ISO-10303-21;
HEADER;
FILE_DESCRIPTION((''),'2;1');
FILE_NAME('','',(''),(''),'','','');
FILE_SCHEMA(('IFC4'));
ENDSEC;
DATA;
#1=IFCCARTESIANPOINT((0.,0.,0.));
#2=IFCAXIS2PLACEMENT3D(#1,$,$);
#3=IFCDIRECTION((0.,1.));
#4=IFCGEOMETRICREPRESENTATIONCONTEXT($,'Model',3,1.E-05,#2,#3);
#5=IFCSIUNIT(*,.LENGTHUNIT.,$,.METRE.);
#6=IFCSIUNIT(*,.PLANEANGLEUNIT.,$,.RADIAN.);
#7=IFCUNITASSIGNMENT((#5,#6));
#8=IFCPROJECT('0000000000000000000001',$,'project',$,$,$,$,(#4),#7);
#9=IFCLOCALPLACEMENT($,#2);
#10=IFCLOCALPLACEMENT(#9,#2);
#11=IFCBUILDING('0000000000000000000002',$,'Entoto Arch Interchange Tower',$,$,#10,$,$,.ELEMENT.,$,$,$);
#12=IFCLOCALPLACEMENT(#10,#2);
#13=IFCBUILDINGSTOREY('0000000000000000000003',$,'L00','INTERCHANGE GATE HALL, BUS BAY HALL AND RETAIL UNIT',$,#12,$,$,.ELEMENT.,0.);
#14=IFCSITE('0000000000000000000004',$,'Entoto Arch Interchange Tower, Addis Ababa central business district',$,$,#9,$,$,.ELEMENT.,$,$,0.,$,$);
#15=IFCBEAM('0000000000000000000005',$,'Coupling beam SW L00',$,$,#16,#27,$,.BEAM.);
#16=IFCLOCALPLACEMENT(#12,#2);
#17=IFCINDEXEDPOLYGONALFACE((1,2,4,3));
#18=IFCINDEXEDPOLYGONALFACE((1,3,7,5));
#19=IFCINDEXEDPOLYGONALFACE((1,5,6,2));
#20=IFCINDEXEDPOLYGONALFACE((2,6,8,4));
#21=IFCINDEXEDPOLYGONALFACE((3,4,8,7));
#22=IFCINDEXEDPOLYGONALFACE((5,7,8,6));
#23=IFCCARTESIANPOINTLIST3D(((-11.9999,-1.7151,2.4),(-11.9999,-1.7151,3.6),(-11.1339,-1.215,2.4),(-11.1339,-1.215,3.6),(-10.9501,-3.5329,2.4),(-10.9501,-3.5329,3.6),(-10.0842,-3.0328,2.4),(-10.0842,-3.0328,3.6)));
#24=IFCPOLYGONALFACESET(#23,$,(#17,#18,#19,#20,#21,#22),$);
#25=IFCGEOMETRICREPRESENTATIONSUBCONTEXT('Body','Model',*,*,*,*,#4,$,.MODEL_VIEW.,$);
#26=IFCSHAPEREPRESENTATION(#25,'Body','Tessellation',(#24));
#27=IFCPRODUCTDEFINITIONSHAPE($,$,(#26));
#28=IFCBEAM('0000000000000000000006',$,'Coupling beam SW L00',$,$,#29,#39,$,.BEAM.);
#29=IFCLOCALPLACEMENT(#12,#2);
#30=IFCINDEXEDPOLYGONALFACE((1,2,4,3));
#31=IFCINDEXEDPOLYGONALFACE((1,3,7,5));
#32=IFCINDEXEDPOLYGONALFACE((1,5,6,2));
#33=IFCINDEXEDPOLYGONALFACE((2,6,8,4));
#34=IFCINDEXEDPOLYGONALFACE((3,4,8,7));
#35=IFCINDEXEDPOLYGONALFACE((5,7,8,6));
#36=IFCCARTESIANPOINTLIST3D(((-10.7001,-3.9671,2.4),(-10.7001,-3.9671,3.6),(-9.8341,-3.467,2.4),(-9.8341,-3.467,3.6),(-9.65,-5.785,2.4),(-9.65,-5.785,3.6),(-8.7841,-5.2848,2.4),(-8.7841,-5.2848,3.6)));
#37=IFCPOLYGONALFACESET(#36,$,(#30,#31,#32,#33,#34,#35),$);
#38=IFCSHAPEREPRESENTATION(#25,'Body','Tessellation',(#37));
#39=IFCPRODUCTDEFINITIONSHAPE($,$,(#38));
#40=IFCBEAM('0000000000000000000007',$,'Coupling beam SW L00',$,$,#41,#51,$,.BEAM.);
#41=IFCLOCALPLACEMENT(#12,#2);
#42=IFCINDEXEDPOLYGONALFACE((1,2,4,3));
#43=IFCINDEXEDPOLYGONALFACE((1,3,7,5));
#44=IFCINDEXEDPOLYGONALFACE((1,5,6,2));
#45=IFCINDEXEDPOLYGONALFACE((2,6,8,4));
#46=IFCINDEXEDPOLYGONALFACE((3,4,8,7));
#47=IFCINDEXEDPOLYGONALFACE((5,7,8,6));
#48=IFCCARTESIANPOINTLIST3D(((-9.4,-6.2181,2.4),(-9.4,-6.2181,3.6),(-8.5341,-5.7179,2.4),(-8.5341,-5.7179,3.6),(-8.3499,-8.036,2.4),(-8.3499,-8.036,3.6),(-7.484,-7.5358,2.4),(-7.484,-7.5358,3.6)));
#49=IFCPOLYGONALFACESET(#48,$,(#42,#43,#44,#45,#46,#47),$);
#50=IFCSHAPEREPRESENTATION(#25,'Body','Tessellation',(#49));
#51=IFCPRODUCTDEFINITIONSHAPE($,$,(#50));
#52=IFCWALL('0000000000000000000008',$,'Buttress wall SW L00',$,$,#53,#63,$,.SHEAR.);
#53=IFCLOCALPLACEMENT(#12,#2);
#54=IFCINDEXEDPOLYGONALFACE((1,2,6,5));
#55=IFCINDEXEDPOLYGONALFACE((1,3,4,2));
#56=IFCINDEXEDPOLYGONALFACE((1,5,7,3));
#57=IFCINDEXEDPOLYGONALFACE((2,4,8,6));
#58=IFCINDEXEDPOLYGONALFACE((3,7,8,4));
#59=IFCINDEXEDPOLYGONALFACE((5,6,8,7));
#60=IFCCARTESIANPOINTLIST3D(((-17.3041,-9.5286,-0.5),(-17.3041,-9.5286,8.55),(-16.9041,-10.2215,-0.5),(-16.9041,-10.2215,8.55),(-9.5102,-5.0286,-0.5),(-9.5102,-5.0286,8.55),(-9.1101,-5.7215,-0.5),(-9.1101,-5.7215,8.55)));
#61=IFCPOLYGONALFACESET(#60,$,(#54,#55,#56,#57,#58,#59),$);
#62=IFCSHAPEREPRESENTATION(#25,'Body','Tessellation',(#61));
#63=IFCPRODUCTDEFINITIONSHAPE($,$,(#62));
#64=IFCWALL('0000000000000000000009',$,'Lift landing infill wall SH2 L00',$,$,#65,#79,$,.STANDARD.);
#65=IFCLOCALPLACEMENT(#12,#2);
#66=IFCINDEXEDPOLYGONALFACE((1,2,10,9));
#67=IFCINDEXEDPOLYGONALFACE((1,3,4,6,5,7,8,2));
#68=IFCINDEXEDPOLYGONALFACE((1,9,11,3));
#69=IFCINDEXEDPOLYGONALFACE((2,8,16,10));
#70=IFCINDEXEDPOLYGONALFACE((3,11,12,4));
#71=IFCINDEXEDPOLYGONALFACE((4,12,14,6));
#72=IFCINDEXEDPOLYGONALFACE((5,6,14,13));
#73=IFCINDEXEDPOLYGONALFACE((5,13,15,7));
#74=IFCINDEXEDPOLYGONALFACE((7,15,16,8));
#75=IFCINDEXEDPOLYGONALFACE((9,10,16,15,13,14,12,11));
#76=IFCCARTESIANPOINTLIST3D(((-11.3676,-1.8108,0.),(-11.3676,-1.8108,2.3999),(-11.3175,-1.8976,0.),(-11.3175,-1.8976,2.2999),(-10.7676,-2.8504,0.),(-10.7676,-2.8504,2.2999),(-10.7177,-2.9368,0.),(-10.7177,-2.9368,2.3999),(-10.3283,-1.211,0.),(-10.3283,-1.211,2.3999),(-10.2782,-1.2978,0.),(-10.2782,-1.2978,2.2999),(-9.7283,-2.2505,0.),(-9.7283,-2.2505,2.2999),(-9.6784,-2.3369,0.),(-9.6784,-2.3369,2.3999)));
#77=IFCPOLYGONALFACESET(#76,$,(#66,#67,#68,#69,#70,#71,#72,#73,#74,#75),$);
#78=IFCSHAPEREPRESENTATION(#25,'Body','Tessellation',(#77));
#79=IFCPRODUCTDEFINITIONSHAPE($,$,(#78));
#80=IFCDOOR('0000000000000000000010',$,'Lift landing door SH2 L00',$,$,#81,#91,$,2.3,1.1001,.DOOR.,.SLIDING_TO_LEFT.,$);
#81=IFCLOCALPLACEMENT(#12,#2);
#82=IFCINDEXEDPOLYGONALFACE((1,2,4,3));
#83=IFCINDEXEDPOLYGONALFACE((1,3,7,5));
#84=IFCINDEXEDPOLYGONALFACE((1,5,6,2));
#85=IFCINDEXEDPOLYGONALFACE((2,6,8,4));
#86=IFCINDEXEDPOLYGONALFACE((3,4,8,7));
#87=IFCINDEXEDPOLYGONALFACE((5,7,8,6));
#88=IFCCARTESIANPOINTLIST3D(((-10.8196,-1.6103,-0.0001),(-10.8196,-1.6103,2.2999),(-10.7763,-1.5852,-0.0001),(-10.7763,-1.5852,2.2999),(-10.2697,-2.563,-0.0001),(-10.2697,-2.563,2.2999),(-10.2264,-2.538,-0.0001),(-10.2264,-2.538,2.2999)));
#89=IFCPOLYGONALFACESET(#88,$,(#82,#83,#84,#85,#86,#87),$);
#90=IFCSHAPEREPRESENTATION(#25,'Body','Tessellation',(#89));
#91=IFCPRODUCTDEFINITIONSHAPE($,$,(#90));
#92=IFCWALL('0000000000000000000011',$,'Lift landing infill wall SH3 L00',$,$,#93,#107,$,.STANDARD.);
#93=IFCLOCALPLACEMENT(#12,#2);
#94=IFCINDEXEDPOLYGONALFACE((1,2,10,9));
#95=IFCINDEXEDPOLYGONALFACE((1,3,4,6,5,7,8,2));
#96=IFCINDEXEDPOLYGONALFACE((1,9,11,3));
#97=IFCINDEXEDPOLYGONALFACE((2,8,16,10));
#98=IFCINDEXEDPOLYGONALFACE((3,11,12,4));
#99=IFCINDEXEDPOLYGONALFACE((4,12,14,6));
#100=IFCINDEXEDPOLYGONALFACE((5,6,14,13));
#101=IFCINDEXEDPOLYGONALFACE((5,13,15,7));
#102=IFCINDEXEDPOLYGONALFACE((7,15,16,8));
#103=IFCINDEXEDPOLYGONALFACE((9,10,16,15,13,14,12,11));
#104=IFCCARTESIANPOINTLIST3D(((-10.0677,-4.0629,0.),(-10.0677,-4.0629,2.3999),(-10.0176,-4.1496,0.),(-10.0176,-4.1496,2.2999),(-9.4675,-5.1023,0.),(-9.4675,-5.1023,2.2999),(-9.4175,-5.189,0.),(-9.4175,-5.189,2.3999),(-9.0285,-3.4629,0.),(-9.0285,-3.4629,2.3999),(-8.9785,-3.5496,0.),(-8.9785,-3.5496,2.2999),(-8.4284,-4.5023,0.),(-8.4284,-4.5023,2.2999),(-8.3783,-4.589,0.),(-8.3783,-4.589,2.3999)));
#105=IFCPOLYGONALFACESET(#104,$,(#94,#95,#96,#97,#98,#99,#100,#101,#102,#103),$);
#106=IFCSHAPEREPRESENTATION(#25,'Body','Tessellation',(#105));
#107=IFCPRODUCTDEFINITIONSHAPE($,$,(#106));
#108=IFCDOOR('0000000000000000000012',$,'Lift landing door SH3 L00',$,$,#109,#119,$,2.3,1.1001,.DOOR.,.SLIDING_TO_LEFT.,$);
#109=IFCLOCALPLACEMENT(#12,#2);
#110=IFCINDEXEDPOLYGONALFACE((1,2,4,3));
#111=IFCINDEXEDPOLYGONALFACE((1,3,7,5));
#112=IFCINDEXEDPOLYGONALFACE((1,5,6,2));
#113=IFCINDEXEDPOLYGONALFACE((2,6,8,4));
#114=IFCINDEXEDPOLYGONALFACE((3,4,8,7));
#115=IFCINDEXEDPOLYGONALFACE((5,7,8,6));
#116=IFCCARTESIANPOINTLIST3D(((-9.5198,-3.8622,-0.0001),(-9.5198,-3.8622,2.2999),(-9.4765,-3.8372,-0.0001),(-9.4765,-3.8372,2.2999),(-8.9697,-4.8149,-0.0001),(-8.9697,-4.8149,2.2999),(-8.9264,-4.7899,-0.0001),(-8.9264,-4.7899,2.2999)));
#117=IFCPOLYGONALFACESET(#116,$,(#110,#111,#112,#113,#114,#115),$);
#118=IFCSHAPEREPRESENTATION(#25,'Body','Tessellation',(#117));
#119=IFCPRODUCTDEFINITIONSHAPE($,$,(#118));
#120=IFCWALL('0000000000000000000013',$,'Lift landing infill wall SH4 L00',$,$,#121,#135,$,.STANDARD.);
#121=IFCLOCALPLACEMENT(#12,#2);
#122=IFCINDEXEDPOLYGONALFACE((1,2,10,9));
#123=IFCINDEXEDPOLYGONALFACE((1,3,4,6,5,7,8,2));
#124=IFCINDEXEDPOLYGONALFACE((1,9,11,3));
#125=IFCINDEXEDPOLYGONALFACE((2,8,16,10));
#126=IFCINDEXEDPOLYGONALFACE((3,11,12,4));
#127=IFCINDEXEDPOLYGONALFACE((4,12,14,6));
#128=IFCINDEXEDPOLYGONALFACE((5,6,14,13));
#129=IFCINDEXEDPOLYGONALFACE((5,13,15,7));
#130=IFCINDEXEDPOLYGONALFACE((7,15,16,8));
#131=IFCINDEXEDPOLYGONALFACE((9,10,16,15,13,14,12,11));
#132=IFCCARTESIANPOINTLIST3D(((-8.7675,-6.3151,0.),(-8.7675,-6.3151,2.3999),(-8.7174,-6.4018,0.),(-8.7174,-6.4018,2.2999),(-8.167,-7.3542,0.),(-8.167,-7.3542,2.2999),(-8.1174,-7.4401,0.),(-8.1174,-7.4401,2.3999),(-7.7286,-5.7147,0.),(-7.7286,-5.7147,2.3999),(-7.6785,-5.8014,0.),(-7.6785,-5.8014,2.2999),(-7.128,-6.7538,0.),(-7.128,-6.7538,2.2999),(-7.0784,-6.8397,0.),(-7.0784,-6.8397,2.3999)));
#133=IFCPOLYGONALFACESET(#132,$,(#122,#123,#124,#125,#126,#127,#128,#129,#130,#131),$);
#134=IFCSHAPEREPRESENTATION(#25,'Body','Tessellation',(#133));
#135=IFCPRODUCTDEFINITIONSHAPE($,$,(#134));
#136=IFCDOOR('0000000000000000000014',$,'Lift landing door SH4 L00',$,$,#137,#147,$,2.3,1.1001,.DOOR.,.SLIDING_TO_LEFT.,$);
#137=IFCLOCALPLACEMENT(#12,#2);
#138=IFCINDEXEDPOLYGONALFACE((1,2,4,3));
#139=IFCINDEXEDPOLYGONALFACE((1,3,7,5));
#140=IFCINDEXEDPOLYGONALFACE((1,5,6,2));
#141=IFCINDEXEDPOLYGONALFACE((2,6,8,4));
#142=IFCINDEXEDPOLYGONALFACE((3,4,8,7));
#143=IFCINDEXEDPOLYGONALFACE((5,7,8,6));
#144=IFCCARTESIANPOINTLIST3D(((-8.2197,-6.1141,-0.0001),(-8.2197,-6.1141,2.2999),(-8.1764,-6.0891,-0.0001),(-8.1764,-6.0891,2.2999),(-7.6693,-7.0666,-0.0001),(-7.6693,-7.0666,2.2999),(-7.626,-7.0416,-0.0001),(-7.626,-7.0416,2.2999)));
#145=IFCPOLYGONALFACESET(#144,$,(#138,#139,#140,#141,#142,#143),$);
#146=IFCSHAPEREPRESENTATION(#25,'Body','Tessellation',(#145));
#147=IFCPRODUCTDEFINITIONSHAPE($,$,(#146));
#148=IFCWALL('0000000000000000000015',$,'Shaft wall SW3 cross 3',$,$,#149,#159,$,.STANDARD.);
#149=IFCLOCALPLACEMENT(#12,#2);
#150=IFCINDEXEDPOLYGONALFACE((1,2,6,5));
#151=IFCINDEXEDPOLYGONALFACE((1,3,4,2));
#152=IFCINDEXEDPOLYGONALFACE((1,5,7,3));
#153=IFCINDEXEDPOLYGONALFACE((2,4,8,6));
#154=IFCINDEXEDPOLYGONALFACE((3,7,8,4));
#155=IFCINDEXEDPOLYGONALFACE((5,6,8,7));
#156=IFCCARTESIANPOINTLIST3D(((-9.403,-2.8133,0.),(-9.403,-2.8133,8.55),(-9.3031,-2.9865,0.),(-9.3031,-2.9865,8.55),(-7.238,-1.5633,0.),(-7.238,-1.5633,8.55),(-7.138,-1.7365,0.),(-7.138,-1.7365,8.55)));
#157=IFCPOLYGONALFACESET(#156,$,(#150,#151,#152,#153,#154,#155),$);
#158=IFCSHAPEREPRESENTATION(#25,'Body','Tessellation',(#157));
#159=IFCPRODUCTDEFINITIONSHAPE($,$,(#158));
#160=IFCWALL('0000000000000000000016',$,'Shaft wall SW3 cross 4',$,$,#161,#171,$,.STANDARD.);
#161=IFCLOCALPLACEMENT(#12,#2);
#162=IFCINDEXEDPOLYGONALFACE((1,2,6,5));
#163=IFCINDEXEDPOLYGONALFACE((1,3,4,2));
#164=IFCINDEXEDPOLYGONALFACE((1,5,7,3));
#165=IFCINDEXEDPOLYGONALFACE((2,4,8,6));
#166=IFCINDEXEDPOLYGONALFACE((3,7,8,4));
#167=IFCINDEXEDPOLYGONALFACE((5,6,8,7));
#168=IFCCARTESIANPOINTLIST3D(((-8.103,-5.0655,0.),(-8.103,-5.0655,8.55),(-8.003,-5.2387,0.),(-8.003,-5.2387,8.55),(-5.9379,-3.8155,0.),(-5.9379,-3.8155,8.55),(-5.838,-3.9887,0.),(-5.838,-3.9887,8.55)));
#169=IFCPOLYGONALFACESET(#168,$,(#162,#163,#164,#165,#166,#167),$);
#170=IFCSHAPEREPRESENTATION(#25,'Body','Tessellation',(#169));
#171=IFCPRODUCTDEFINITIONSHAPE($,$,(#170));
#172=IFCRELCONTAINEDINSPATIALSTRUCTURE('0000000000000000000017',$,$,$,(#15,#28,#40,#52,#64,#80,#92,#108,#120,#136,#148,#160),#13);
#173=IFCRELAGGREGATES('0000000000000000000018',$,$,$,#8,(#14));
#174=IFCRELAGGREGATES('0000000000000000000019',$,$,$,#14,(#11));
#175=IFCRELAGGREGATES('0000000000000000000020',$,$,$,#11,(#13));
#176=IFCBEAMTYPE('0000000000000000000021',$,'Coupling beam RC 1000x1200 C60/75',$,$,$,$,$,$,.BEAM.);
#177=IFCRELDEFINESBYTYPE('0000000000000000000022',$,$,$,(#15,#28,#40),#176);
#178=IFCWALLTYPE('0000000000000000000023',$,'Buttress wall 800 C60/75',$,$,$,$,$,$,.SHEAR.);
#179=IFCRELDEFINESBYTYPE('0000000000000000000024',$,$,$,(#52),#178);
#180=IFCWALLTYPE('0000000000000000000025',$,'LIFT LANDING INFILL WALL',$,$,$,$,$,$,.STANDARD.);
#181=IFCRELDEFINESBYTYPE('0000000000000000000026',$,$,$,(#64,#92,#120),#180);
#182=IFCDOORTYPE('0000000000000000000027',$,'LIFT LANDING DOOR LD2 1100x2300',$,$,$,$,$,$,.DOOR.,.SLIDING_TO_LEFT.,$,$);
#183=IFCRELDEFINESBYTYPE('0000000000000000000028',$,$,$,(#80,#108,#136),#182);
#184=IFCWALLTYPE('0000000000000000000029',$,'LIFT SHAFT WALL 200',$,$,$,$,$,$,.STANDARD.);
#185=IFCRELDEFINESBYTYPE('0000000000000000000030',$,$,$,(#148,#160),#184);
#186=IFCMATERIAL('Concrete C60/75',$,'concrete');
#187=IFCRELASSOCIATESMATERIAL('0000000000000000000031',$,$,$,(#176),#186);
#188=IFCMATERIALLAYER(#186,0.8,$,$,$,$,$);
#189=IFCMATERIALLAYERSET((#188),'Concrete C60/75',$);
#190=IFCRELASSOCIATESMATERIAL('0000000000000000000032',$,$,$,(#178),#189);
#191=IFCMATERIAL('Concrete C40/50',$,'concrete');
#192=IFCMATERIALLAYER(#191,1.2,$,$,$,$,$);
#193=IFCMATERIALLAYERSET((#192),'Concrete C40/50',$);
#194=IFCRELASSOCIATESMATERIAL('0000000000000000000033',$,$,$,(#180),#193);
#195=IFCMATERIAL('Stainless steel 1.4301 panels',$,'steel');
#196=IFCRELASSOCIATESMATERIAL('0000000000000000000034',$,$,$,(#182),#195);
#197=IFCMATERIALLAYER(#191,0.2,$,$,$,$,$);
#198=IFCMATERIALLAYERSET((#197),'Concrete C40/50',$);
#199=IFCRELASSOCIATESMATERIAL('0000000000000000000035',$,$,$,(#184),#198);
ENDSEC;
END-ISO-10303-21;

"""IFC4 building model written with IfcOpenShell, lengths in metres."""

from ifc_helpers import new_model, si_unit, direction, frame, frame_2d, origin, origin_2d, place, context, subcontext, project, spatial, rectangle, extrude, material, layer, layer_set, material_profile, profile_set, type_object, element, fill, save


model = new_model("IFC4")

# Units and contexts
model_context = context("Model", 3, precision=1e-05, world=origin(), true_north=direction((0.0, 1.0)))
body_context = subcontext(model_context, "Body", "Model", "MODEL_VIEW")
ifc_project = project(units=[si_unit("LENGTHUNIT", "METRE"), si_unit("PLANEANGLEUNIT", "RADIAN")], contexts=[model_context])

# Site, building, storey
site_placement = place(None, origin())
site = spatial("IfcSite", under=ifc_project, at=site_placement, Name="Entoto Arch Interchange Tower, Addis Ababa central business district", CompositionType="ELEMENT", RefElevation=0.0)
building_placement = place(site_placement, origin())
building = spatial("IfcBuilding", under=site, at=building_placement, Name="Entoto Arch Interchange Tower", CompositionType="ELEMENT")
storey_placement = place(building_placement, origin())
storey = spatial("IfcBuildingStorey", under=building, at=storey_placement, Name="L00", Description="INTERCHANGE GATE HALL, BUS BAY HALL AND RETAIL UNIT", CompositionType="ELEMENT", Elevation=0.0)

# Beams
ifc_material_1 = material(Name="Concrete C60/75", Category="concrete")
ifc_material_profile = material_profile(ifc_material_1, rectangle(XDim=1.0, YDim=1.2, at=origin_2d()))
ifc_profile_set = profile_set([ifc_material_profile], Name="Concrete C60/75")
beam_type = type_object("IfcBeamType", Name="Coupling beam RC 1000x1200 C60/75", PredefinedType="BEAM", material=ifc_profile_set)
beam_placement = place(storey_placement, frame((-11.5669, -1.4651, 3.0), z_axis=(0.500092, -0.865973, 0.0), x_axis=(0.865973, 0.500092, 0.0)))
element("IfcBeam", 1, at=beam_placement, inside=storey, type_object=beam_type, Name="Coupling beam SW L00", PredefinedType="BEAM", context=body_context, shape_type="SweptSolid", body=[
    extrude(rectangle(XDim=1.0, YDim=1.2, at=origin_2d()), origin(), (0.0, 0.0, 1.0), 2.0991),
])
for number, where, z_axis, x_axis, name in (
    (2, (-10.2671, -3.717, 3.0), (0.500179, -0.865922, 0.0), (0.865922, 0.500179, 0.0), "Coupling beam SW L00"),
    (3, (-8.967, -5.968, 3.0), (0.500179, -0.865922, 0.0), (0.865922, 0.500179, 0.0), "Coupling beam SW L00"),
):
    element("IfcBeam", number, at=place(storey_placement, frame(where, z_axis=z_axis, x_axis=x_axis)), inside=storey, type_object=beam_type, Name=name, PredefinedType="BEAM", context=body_context, shape_type="SweptSolid", body=[
        extrude(rectangle(XDim=1.0, YDim=1.2, at=origin_2d()), origin(), (0.0, 0.0, 1.0), 2.0994),
    ])

# Wall
ifc_layer_1 = layer(ifc_material_1, 0.8)
ifc_layer_set_1 = layer_set([ifc_layer_1], Name="Concrete C60/75")
wall_type_1 = type_object("IfcWallType", Name="Buttress wall 800 C60/75", PredefinedType="SHEAR", material=ifc_layer_set_1)
wall_1_placement = place(storey_placement, frame((-9.3101, -5.375, -0.5), z_axis=(0.0, 0.0, 1.0), x_axis=(-0.866018, -0.500014, 0.0)))
element("IfcWall", 4, at=wall_1_placement, inside=storey, type_object=wall_type_1, Name="Buttress wall SW L00", PredefinedType="SHEAR", context=body_context, shape_type="SweptSolid", body=[
    extrude(rectangle(XDim=8.9998, YDim=0.8, at=frame_2d((4.5, 0.0))), origin(), (0.0, 0.0, 1.0), 9.05),
])

# Walls, openings, doors
ifc_material_2 = material(Name="Concrete C40/50", Category="concrete")
ifc_layer_2 = layer(ifc_material_2, 1.2)
ifc_layer_set_2 = layer_set([ifc_layer_2], Name="Concrete C40/50")
wall_type_2 = type_object("IfcWallType", Name="LIFT LANDING INFILL WALL", PredefinedType="STANDARD", material=ifc_layer_set_2)
wall_2_placement = place(storey_placement, frame((-10.8479, -1.511, 0.0), z_axis=(0.0, 0.0, 1.0), x_axis=(0.499896, -0.866086, 0.0)))
wall_2 = element("IfcWall", 5, at=wall_2_placement, inside=storey, type_object=wall_type_2, Name="Lift landing infill wall SH2 L00", PredefinedType="STANDARD", context=body_context, shape_type="SweptSolid", body=[
    extrude(rectangle(XDim=1.3, YDim=1.2, at=frame_2d((0.6499, 0.0))), origin(), (0.0, 0.0, 1.0), 2.3999),
])
opening_1_placement = place(wall_2_placement, frame((0.1001, 0.0, 0.0)))
opening_1 = element("IfcOpeningElement", 6, at=opening_1_placement, cuts=wall_2, PredefinedType="OPENING", context=body_context, shape_type="SweptSolid", body=[
    extrude(rectangle(XDim=1.1001, YDim=2.3, at=frame_2d((0.55, 1.1499))), frame((0.0, 0.6099, 0.0), z_axis=(0.0, -1.0, 0.0), x_axis=(1.0, 0.0, 0.0)), (0.0, 0.0, 1.0), 1.22),
])
ifc_material_3 = material(Name="Stainless steel 1.4301 panels", Category="steel")
door_type = type_object("IfcDoorType", Name="LIFT LANDING DOOR LD2 1100x2300", OperationType="SLIDING_TO_LEFT", PredefinedType="DOOR", material=ifc_material_3)
door_1_placement = place(opening_1_placement, origin())
door_1 = element("IfcDoor", 7, at=door_1_placement, inside=storey, type_object=door_type, Name="Lift landing door SH2 L00", OperationType="SLIDING_TO_LEFT", OverallHeight=2.3, OverallWidth=1.1001, PredefinedType="DOOR", context=body_context, shape_type="SweptSolid", body=[
    extrude(rectangle(XDim=1.1001, YDim=2.3, at=frame_2d((0.55, 1.1499))), frame((0.0, 0.0249, 0.0), z_axis=(0.0, -1.0, 0.0), x_axis=(1.0, 0.0, 0.0)), (0.0, 0.0, 1.0), 0.05),
])
fill(opening_1, door_1)
wall_3_placement = place(storey_placement, frame((-9.5481, -3.7629, 0.0), z_axis=(0.0, 0.0, 1.0), x_axis=(0.500037, -0.866004, 0.0)))
wall_3 = element("IfcWall", 8, at=wall_3_placement, inside=storey, type_object=wall_type_2, Name="Lift landing infill wall SH3 L00", PredefinedType="STANDARD", context=body_context, shape_type="SweptSolid", body=[
    extrude(rectangle(XDim=1.3003, YDim=1.2, at=frame_2d((0.6501, 0.0))), origin(), (0.0, 0.0, 1.0), 2.3999),
])
opening_2_placement = place(wall_3_placement, frame((0.1001, 0.0, 0.0)))
opening_2 = element("IfcOpeningElement", 9, at=opening_2_placement, cuts=wall_3, PredefinedType="OPENING", context=body_context, shape_type="SweptSolid", body=[
    extrude(rectangle(XDim=1.1001, YDim=2.3, at=frame_2d((0.55, 1.1499))), frame((0.0, 0.6099, 0.0), z_axis=(0.0, -1.0, 0.0), x_axis=(1.0, 0.0, 0.0)), (0.0, 0.0, 1.0), 1.22),
])
door_2_placement = place(opening_2_placement, origin())
door_2 = element("IfcDoor", 10, at=door_2_placement, inside=storey, type_object=door_type, Name="Lift landing door SH3 L00", OperationType="SLIDING_TO_LEFT", OverallHeight=2.3, OverallWidth=1.1001, PredefinedType="DOOR", context=body_context, shape_type="SweptSolid", body=[
    extrude(rectangle(XDim=1.1001, YDim=2.3, at=frame_2d((0.55, 1.1499))), frame((0.0, 0.0249, 0.0), z_axis=(0.0, -1.0, 0.0), x_axis=(1.0, 0.0, 0.0)), (0.0, 0.0, 1.0), 0.05),
])
fill(opening_2, door_2)
wall_4_placement = place(storey_placement, frame((-8.248, -6.0149, 0.0), z_axis=(0.0, 0.0, 1.0), x_axis=(0.500362, -0.865816, 0.0)))
wall_4 = element("IfcWall", 11, at=wall_4_placement, inside=storey, type_object=wall_type_2, Name="Lift landing infill wall SH4 L00", PredefinedType="STANDARD", context=body_context, shape_type="SweptSolid", body=[
    extrude(rectangle(XDim=1.2993, YDim=1.2, at=frame_2d((0.6497, 0.0))), origin(), (0.0, 0.0, 1.0), 2.3999),
])
opening_3_placement = place(wall_4_placement, frame((0.1001, 0.0, 0.0)))
opening_3 = element("IfcOpeningElement", 12, at=opening_3_placement, cuts=wall_4, PredefinedType="OPENING", context=body_context, shape_type="SweptSolid", body=[
    extrude(rectangle(XDim=1.1001, YDim=2.3, at=frame_2d((0.55, 1.1499))), frame((0.0, 0.6099, 0.0), z_axis=(0.0, -1.0, 0.0), x_axis=(1.0, 0.0, 0.0)), (0.0, 0.0, 1.0), 1.22),
])
door_3_placement = place(opening_3_placement, origin())
door_3 = element("IfcDoor", 13, at=door_3_placement, inside=storey, type_object=door_type, Name="Lift landing door SH4 L00", OperationType="SLIDING_TO_LEFT", OverallHeight=2.3, OverallWidth=1.1001, PredefinedType="DOOR", context=body_context, shape_type="SweptSolid", body=[
    extrude(rectangle(XDim=1.1001, YDim=2.3, at=frame_2d((0.55, 1.1499))), frame((0.0, 0.0249, 0.0), z_axis=(0.0, -1.0, 0.0), x_axis=(1.0, 0.0, 0.0)), (0.0, 0.0, 1.0), 0.05),
])
fill(opening_3, door_3)

# Walls
ifc_layer_3 = layer(ifc_material_2, 0.2)
ifc_layer_set_3 = layer_set([ifc_layer_3], Name="Concrete C40/50")
wall_type_3 = type_object("IfcWallType", Name="LIFT SHAFT WALL 200", PredefinedType="STANDARD", material=ifc_layer_set_3)
for number, where, z_axis, x_axis, name in (
    (14, (-7.188, -1.6499, 0.0), (0.0, 0.0, 1.0), (-0.866023, -0.500004, 0.0), "Shaft wall SW3 cross 3"),
    (15, (-5.8879, -3.9021, 0.0), (0.0, 0.0, 1.0), (-0.866023, -0.500004, 0.0), "Shaft wall SW3 cross 4"),
):
    element("IfcWall", number, at=place(storey_placement, frame(where, z_axis=z_axis, x_axis=x_axis)), inside=storey, type_object=wall_type_3, Name=name, PredefinedType="STANDARD", context=body_context, shape_type="SweptSolid", body=[
        extrude(rectangle(XDim=2.5, YDim=0.2, at=frame_2d((1.25, 0.0))), origin(), (0.0, 0.0, 1.0), 8.55),
    ])

save(model, "model.ifc")
